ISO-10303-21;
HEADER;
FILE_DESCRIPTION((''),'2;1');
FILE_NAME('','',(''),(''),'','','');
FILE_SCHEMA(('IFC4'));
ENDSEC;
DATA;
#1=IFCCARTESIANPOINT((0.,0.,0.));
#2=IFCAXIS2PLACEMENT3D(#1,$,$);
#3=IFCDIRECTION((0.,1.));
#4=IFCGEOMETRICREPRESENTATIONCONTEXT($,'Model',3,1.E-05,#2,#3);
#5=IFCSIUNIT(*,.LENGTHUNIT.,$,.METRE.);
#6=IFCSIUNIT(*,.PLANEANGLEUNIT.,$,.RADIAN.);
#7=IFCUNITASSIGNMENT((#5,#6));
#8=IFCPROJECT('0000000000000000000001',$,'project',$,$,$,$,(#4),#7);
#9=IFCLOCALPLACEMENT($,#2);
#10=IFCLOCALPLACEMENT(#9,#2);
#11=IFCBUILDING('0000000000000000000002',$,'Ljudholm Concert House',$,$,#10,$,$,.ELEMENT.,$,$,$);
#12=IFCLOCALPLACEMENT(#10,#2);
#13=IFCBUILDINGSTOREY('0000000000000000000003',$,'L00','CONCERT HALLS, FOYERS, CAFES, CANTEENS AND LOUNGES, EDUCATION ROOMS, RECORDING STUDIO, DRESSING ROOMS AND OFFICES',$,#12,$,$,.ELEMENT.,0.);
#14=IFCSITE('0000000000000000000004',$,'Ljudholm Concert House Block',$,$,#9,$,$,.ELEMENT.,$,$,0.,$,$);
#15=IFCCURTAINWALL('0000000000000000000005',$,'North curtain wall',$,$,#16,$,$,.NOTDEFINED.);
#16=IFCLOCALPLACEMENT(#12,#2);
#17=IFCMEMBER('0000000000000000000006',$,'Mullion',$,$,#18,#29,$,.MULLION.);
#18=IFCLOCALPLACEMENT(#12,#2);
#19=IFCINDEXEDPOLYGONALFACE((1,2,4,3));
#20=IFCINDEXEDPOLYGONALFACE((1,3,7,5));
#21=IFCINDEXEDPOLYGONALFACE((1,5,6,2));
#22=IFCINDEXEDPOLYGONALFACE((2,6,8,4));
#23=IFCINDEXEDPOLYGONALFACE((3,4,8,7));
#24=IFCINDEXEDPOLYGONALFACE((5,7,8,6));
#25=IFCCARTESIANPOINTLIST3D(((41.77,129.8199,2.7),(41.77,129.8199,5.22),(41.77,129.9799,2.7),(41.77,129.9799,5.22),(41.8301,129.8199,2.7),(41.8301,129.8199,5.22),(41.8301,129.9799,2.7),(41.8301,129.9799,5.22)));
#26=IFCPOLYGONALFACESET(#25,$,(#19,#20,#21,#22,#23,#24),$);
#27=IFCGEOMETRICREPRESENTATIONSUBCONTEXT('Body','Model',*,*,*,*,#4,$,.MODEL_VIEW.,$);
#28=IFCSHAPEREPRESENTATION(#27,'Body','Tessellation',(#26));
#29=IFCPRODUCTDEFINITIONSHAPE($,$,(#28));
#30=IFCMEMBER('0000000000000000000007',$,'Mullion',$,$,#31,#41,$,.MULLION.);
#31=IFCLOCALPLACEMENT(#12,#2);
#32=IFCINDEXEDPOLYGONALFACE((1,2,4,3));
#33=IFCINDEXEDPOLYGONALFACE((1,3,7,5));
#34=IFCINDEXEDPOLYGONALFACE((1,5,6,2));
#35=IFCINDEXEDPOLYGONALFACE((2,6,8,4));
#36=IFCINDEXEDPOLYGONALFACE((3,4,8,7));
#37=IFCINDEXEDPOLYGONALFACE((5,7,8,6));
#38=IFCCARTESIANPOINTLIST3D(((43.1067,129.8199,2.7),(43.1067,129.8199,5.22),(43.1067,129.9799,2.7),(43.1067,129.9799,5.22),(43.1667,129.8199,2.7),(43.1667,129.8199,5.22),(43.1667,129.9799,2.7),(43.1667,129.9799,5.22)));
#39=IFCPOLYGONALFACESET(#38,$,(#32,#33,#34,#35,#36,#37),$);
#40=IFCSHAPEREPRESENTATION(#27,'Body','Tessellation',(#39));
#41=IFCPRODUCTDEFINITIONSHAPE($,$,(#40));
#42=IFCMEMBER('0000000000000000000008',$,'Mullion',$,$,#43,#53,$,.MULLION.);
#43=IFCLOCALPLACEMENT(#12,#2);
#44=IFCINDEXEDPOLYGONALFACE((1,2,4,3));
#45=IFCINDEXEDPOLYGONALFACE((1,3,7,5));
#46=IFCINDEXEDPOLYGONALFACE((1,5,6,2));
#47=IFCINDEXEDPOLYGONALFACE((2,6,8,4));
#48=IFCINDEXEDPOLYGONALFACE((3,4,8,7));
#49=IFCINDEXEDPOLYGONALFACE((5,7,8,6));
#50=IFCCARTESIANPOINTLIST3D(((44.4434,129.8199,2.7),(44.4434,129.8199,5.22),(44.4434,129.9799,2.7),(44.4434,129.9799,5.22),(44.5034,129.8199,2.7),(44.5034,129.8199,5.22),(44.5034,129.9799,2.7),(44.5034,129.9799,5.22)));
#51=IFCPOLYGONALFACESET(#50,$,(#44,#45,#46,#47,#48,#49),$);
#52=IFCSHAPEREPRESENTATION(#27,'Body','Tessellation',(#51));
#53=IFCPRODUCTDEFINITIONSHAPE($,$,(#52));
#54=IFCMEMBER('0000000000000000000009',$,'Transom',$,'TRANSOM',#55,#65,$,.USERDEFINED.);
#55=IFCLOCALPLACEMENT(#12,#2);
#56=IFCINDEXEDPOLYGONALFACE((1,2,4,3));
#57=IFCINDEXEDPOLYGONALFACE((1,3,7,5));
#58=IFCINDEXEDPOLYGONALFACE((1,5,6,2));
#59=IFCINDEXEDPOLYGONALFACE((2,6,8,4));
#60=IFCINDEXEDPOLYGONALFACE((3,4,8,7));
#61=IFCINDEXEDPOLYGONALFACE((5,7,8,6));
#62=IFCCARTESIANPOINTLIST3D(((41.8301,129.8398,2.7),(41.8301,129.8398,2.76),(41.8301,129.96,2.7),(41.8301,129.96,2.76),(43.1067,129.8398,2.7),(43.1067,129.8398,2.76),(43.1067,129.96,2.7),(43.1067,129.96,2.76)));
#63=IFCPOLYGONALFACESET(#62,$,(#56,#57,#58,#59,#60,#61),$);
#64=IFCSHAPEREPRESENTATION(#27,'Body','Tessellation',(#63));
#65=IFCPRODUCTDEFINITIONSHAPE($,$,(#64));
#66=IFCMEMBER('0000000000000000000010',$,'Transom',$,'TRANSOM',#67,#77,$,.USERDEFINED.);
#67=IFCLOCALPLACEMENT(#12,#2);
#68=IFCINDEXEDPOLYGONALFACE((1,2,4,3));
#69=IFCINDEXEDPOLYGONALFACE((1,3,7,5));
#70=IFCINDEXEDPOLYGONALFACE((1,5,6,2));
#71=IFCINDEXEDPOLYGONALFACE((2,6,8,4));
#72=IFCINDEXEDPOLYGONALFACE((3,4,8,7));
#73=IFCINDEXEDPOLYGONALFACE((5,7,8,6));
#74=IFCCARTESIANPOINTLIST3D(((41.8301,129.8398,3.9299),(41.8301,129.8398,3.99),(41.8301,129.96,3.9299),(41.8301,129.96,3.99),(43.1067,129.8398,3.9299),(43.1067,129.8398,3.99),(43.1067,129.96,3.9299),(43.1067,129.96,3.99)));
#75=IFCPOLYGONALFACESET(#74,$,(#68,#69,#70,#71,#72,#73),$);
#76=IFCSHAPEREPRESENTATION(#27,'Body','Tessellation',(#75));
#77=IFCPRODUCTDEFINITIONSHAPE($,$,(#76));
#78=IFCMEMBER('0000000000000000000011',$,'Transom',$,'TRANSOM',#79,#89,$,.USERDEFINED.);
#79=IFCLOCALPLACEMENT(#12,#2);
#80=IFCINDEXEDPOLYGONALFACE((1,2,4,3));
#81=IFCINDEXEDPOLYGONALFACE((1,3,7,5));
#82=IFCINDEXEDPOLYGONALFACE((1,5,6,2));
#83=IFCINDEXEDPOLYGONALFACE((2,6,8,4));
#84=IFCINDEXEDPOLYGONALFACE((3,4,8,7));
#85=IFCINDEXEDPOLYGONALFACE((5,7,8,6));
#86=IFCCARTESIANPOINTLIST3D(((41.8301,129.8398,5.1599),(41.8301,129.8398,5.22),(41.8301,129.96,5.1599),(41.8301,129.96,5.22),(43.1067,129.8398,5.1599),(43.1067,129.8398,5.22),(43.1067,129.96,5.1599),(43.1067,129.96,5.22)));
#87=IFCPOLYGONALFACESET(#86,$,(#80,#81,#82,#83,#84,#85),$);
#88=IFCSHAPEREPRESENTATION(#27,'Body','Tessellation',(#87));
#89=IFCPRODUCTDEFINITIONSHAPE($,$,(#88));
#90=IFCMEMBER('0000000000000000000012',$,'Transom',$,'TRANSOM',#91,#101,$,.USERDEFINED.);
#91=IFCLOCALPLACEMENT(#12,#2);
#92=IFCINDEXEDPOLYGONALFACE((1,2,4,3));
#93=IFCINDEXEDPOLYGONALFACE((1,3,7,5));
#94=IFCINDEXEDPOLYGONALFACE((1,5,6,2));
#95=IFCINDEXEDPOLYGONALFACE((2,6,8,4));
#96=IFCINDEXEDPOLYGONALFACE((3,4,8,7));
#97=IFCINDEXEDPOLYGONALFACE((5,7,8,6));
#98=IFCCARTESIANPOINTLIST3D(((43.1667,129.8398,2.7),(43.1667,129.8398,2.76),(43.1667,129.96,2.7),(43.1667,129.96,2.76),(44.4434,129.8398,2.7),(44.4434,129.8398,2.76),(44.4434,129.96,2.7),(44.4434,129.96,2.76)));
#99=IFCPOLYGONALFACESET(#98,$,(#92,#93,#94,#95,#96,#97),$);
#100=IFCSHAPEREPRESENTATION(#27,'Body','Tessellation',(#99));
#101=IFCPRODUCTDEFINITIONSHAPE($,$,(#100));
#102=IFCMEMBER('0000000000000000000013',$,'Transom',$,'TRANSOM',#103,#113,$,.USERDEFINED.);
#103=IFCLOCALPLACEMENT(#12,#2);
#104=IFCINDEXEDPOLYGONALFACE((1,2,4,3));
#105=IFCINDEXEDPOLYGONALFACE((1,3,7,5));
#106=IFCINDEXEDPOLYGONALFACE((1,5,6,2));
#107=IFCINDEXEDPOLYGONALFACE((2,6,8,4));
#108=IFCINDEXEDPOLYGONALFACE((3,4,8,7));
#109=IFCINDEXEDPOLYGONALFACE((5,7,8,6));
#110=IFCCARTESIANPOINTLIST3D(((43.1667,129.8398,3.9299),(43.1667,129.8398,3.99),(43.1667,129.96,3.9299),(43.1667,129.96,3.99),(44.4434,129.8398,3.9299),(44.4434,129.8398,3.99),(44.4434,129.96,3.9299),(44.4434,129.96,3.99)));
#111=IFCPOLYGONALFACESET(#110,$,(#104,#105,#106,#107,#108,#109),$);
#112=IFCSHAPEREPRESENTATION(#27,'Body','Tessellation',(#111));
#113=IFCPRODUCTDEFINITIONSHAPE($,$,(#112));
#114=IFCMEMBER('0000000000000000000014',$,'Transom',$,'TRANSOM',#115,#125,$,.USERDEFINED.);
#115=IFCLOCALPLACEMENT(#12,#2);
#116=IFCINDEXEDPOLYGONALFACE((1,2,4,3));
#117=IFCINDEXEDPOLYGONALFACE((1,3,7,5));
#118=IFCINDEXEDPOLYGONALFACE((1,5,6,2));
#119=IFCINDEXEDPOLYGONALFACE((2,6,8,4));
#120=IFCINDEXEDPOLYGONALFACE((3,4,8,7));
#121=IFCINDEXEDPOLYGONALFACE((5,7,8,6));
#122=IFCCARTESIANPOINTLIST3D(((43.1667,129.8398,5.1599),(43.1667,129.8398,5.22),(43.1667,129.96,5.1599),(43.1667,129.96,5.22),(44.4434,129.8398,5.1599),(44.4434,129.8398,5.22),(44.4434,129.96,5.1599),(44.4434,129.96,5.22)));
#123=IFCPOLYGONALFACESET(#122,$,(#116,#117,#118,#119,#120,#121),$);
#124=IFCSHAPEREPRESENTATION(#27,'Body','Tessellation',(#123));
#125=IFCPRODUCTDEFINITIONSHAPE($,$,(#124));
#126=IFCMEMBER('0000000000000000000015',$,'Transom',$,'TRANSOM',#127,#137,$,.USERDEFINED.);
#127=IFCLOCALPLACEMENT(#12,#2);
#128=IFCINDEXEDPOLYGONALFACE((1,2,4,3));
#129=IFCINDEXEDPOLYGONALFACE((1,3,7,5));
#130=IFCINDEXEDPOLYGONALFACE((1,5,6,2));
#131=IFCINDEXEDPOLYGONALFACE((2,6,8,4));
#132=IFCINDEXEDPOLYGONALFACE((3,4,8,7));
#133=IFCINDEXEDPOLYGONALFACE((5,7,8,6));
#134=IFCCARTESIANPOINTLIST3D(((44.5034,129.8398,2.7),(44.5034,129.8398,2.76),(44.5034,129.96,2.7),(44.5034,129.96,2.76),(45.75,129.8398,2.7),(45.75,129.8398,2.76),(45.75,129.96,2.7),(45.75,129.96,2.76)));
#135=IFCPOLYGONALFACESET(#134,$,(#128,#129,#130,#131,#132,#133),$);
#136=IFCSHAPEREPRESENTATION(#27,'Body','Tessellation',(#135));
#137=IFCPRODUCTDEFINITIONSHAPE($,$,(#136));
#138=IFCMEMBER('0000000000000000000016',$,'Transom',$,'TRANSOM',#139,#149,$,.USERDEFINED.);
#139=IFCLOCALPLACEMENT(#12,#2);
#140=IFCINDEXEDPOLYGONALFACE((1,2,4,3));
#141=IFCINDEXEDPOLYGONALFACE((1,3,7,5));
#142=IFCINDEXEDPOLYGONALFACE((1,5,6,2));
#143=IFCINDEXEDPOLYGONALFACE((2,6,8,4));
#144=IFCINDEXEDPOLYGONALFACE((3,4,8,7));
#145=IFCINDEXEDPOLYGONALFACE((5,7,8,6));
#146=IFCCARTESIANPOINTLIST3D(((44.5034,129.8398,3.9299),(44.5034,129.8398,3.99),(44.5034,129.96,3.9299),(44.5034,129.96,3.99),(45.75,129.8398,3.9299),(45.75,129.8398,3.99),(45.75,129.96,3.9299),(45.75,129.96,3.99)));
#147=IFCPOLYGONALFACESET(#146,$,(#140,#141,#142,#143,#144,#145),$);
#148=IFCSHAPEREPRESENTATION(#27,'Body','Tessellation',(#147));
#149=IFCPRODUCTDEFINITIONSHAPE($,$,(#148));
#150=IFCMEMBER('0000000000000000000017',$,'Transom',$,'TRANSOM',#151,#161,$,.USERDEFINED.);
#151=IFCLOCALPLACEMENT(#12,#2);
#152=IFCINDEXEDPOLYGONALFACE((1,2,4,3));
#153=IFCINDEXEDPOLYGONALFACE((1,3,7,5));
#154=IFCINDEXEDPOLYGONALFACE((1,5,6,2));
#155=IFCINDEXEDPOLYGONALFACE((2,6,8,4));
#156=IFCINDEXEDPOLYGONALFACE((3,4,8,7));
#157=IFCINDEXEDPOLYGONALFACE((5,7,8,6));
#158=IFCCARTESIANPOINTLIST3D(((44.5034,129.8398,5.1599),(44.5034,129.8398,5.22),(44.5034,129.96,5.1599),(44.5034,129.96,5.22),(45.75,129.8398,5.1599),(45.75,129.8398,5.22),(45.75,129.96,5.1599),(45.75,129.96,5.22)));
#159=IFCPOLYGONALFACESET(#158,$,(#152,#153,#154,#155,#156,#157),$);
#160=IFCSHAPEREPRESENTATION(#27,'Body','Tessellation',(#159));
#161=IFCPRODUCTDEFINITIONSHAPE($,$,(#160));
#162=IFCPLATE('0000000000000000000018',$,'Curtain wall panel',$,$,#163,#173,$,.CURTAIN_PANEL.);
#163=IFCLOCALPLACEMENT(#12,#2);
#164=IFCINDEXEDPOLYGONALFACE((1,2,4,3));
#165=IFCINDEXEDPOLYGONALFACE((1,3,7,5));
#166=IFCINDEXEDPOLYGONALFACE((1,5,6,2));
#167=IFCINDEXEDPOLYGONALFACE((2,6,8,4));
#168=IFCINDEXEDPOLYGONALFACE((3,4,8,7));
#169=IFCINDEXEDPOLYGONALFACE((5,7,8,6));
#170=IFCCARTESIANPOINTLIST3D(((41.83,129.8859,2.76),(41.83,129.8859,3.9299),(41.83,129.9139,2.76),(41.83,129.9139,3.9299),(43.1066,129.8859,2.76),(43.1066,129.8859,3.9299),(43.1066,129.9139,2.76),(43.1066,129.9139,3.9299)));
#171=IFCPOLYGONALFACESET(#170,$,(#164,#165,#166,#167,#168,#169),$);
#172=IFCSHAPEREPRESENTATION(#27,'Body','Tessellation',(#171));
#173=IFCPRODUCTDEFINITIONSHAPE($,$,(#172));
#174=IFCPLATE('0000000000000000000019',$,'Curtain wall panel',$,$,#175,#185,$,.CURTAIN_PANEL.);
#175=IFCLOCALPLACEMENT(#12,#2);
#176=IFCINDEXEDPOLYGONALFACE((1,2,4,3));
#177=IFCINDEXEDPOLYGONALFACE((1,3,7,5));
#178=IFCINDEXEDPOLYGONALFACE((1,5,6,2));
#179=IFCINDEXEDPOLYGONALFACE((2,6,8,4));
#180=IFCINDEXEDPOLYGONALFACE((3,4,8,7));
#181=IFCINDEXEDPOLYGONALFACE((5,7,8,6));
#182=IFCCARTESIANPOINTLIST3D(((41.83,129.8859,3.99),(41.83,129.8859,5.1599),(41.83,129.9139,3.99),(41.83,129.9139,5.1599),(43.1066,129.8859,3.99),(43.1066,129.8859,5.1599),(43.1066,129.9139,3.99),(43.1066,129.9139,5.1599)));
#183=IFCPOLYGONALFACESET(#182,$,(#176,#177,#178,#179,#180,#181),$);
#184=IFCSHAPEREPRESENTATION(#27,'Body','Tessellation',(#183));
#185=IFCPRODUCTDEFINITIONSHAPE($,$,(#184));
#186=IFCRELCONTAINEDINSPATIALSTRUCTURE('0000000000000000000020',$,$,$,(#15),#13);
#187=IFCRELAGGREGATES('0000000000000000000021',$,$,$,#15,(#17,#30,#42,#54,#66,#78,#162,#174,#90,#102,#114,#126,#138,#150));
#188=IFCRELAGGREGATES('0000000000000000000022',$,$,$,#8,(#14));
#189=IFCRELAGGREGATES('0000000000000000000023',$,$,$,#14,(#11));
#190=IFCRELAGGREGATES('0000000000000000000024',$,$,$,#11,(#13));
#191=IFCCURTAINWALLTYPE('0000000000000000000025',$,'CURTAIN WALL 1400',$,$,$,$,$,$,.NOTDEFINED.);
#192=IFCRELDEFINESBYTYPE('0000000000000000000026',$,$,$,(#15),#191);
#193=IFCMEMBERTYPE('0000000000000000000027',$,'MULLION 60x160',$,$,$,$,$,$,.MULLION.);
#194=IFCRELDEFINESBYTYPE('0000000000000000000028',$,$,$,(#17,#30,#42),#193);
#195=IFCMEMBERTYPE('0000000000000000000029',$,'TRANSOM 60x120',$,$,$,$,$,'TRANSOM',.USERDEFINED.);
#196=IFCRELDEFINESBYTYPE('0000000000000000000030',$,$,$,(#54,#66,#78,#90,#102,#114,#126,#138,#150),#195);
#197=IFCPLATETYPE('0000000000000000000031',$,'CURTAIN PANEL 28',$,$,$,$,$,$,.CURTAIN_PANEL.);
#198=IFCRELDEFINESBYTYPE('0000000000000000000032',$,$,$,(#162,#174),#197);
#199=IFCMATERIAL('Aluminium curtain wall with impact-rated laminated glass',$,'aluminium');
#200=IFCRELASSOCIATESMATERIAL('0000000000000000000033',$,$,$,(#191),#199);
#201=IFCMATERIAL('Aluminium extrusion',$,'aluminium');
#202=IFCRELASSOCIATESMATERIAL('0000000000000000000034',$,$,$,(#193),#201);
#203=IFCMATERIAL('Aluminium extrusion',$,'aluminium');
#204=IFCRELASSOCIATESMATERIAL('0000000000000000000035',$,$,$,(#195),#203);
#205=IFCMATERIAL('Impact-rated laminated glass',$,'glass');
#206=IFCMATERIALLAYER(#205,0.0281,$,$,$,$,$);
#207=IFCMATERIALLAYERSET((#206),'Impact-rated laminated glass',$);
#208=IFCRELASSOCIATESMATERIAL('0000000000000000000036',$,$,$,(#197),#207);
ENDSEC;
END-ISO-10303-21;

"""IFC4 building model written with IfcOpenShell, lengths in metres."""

from ifc_helpers import new_model, si_unit, direction, frame, origin, origin_2d, place, context, subcontext, project, spatial, rectangle, extrude, material, layer, layer_set, material_profile, profile_set, type_object, element, aggregate, save


model = new_model("IFC4")

# Units and contexts
model_context = context("Model", 3, precision=1e-05, world=origin(), true_north=direction((0.0, 1.0)))
body_context = subcontext(model_context, "Body", "Model", "MODEL_VIEW")
ifc_project = project(units=[si_unit("LENGTHUNIT", "METRE"), si_unit("PLANEANGLEUNIT", "RADIAN")], contexts=[model_context])

# Site, building, storey
site_placement = place(None, origin())
site = spatial("IfcSite", under=ifc_project, at=site_placement, Name="Ljudholm Concert House Block", CompositionType="ELEMENT", RefElevation=0.0)
building_placement = place(site_placement, origin())
building = spatial("IfcBuilding", under=site, at=building_placement, Name="Ljudholm Concert House", CompositionType="ELEMENT")
storey_placement = place(building_placement, origin())
storey = spatial("IfcBuildingStorey", under=building, at=storey_placement, Name="L00", Description="CONCERT HALLS, FOYERS, CAFES, CANTEENS AND LOUNGES, EDUCATION ROOMS, RECORDING STUDIO, DRESSING ROOMS AND OFFICES", CompositionType="ELEMENT", Elevation=0.0)

# Curtain wall, members, plates
ifc_material_1 = material(Name="Aluminium curtain wall with impact-rated laminated glass", Category="aluminium")
curtain_wall_type = type_object("IfcCurtainWallType", Name="CURTAIN WALL 1400", PredefinedType="NOTDEFINED", material=ifc_material_1)
curtain_wall_placement = place(storey_placement, origin())
curtain_wall = element("IfcCurtainWall", 1, at=curtain_wall_placement, inside=storey, type_object=curtain_wall_type, Name="North curtain wall", PredefinedType="NOTDEFINED")
ifc_material_2 = material(Name="Aluminium extrusion", Category="aluminium")
ifc_material_profile_1 = material_profile(ifc_material_2, rectangle(XDim=0.1599, YDim=0.0601, at=origin_2d()), Name="MULLION 60x160")
ifc_profile_set_1 = profile_set([ifc_material_profile_1], Name="Aluminium extrusion")
member_type_1 = type_object("IfcMemberType", Name="MULLION 60x160", PredefinedType="MULLION", material=ifc_profile_set_1)
member_1_placement = place(storey_placement, frame((41.8, 129.8999, 2.7), z_axis=(0.0, 0.0, 1.0), x_axis=(0.0, 1.0, 0.0)))
member_1 = element("IfcMember", 2, at=member_1_placement, type_object=member_type_1, Name="Mullion", PredefinedType="MULLION", context=body_context, shape_type="SweptSolid", body=[
    extrude(rectangle(XDim=0.1599, YDim=0.0601, at=origin_2d()), origin(), (0.0, 0.0, 1.0), 2.52),
])
member_2_placement = place(storey_placement, frame((43.1367, 129.8999, 2.7), z_axis=(0.0, 0.0, 1.0), x_axis=(0.0, 1.0, 0.0)))
member_2 = element("IfcMember", 3, at=member_2_placement, type_object=member_type_1, Name="Mullion", PredefinedType="MULLION", context=body_context, shape_type="SweptSolid", body=[
    extrude(rectangle(XDim=0.1599, YDim=0.0601, at=origin_2d()), origin(), (0.0, 0.0, 1.0), 2.52),
])
member_3_placement = place(storey_placement, frame((44.4734, 129.8999, 2.7), z_axis=(0.0, 0.0, 1.0), x_axis=(0.0, 1.0, 0.0)))
member_3 = element("IfcMember", 4, at=member_3_placement, type_object=member_type_1, Name="Mullion", PredefinedType="MULLION", context=body_context, shape_type="SweptSolid", body=[
    extrude(rectangle(XDim=0.1599, YDim=0.0601, at=origin_2d()), origin(), (0.0, 0.0, 1.0), 2.52),
])
ifc_material_3 = material(Name="Aluminium extrusion", Category="aluminium")
ifc_material_profile_2 = material_profile(ifc_material_3, rectangle(XDim=0.1201, YDim=0.0601, at=origin_2d()), Name="TRANSOM 60x120")
ifc_profile_set_2 = profile_set([ifc_material_profile_2], Name="Aluminium extrusion")
member_type_2 = type_object("IfcMemberType", Name="TRANSOM 60x120", ElementType="TRANSOM", PredefinedType="USERDEFINED", material=ifc_profile_set_2)
member_4_placement = place(storey_placement, frame((41.8301, 129.8999, 2.73), z_axis=(1.0, 0.0, 0.0), x_axis=(0.0, 1.0, 0.0)))
member_4 = element("IfcMember", 5, at=member_4_placement, type_object=member_type_2, Name="Transom", ObjectType="TRANSOM", PredefinedType="USERDEFINED", context=body_context, shape_type="SweptSolid", body=[
    extrude(rectangle(XDim=0.1201, YDim=0.0601, at=origin_2d()), origin(), (0.0, 0.0, 1.0), 1.2766),
])
member_5_placement = place(storey_placement, frame((41.8301, 129.8999, 3.96), z_axis=(1.0, 0.0, 0.0), x_axis=(0.0, 1.0, 0.0)))
member_5 = element("IfcMember", 6, at=member_5_placement, type_object=member_type_2, Name="Transom", ObjectType="TRANSOM", PredefinedType="USERDEFINED", context=body_context, shape_type="SweptSolid", body=[
    extrude(rectangle(XDim=0.1201, YDim=0.0601, at=origin_2d()), origin(), (0.0, 0.0, 1.0), 1.2766),
])
member_6_placement = place(storey_placement, frame((41.8301, 129.8999, 5.1899), z_axis=(1.0, 0.0, 0.0), x_axis=(0.0, 1.0, 0.0)))
member_6 = element("IfcMember", 7, at=member_6_placement, type_object=member_type_2, Name="Transom", ObjectType="TRANSOM", PredefinedType="USERDEFINED", context=body_context, shape_type="SweptSolid", body=[
    extrude(rectangle(XDim=0.1201, YDim=0.0601, at=origin_2d()), origin(), (0.0, 0.0, 1.0), 1.2766),
])
member_7_placement = place(storey_placement, frame((43.1667, 129.8999, 2.73), z_axis=(1.0, 0.0, 0.0), x_axis=(0.0, 1.0, 0.0)))
member_7 = element("IfcMember", 8, at=member_7_placement, type_object=member_type_2, Name="Transom", ObjectType="TRANSOM", PredefinedType="USERDEFINED", context=body_context, shape_type="SweptSolid", body=[
    extrude(rectangle(XDim=0.1201, YDim=0.0601, at=origin_2d()), origin(), (0.0, 0.0, 1.0), 1.2766),
])
member_8_placement = place(storey_placement, frame((43.1667, 129.8999, 3.96), z_axis=(1.0, 0.0, 0.0), x_axis=(0.0, 1.0, 0.0)))
member_8 = element("IfcMember", 9, at=member_8_placement, type_object=member_type_2, Name="Transom", ObjectType="TRANSOM", PredefinedType="USERDEFINED", context=body_context, shape_type="SweptSolid", body=[
    extrude(rectangle(XDim=0.1201, YDim=0.0601, at=origin_2d()), origin(), (0.0, 0.0, 1.0), 1.2766),
])
member_9_placement = place(storey_placement, frame((43.1667, 129.8999, 5.1899), z_axis=(1.0, 0.0, 0.0), x_axis=(0.0, 1.0, 0.0)))
member_9 = element("IfcMember", 10, at=member_9_placement, type_object=member_type_2, Name="Transom", ObjectType="TRANSOM", PredefinedType="USERDEFINED", context=body_context, shape_type="SweptSolid", body=[
    extrude(rectangle(XDim=0.1201, YDim=0.0601, at=origin_2d()), origin(), (0.0, 0.0, 1.0), 1.2766),
])
member_10_placement = place(storey_placement, frame((44.5034, 129.8999, 2.73), z_axis=(1.0, 0.0, 0.0), x_axis=(0.0, 1.0, 0.0)))
member_10 = element("IfcMember", 11, at=member_10_placement, type_object=member_type_2, Name="Transom", ObjectType="TRANSOM", PredefinedType="USERDEFINED", context=body_context, shape_type="SweptSolid", body=[
    extrude(rectangle(XDim=0.1201, YDim=0.0601, at=origin_2d()), origin(), (0.0, 0.0, 1.0), 1.2466),
])
member_11_placement = place(storey_placement, frame((44.5034, 129.8999, 3.96), z_axis=(1.0, 0.0, 0.0), x_axis=(0.0, 1.0, 0.0)))
member_11 = element("IfcMember", 12, at=member_11_placement, type_object=member_type_2, Name="Transom", ObjectType="TRANSOM", PredefinedType="USERDEFINED", context=body_context, shape_type="SweptSolid", body=[
    extrude(rectangle(XDim=0.1201, YDim=0.0601, at=origin_2d()), origin(), (0.0, 0.0, 1.0), 1.2466),
])
member_12_placement = place(storey_placement, frame((44.5034, 129.8999, 5.1899), z_axis=(1.0, 0.0, 0.0), x_axis=(0.0, 1.0, 0.0)))
member_12 = element("IfcMember", 13, at=member_12_placement, type_object=member_type_2, Name="Transom", ObjectType="TRANSOM", PredefinedType="USERDEFINED", context=body_context, shape_type="SweptSolid", body=[
    extrude(rectangle(XDim=0.1201, YDim=0.0601, at=origin_2d()), origin(), (0.0, 0.0, 1.0), 1.2466),
])
ifc_material_4 = material(Name="Impact-rated laminated glass", Category="glass")
ifc_layer = layer(ifc_material_4, 0.0281)
ifc_layer_set = layer_set([ifc_layer], Name="Impact-rated laminated glass")
plate_type = type_object("IfcPlateType", Name="CURTAIN PANEL 28", PredefinedType="CURTAIN_PANEL", material=ifc_layer_set)
plate_1_placement = place(storey_placement, frame((42.4683, 129.8999, 2.76), z_axis=(0.0, 0.0, 1.0), x_axis=(1.0, 0.0, 0.0)))
plate_1 = element("IfcPlate", 14, at=plate_1_placement, type_object=plate_type, Name="Curtain wall panel", PredefinedType="CURTAIN_PANEL", context=body_context, shape_type="SweptSolid", body=[
    extrude(rectangle(XDim=1.2766, YDim=0.0281, at=origin_2d()), origin(), (0.0, 0.0, 1.0), 1.1699),
])
plate_2_placement = place(storey_placement, frame((42.4683, 129.8999, 3.99), z_axis=(0.0, 0.0, 1.0), x_axis=(1.0, 0.0, 0.0)))
plate_2 = element("IfcPlate", 15, at=plate_2_placement, type_object=plate_type, Name="Curtain wall panel", PredefinedType="CURTAIN_PANEL", context=body_context, shape_type="SweptSolid", body=[
    extrude(rectangle(XDim=1.2766, YDim=0.0281, at=origin_2d()), origin(), (0.0, 0.0, 1.0), 1.1699),
])
aggregate(curtain_wall, [member_1, member_2, member_3, member_4, member_5, member_6, plate_1, plate_2, member_7, member_8, member_9, member_10, member_11, member_12])

save(model, "model.ifc")
